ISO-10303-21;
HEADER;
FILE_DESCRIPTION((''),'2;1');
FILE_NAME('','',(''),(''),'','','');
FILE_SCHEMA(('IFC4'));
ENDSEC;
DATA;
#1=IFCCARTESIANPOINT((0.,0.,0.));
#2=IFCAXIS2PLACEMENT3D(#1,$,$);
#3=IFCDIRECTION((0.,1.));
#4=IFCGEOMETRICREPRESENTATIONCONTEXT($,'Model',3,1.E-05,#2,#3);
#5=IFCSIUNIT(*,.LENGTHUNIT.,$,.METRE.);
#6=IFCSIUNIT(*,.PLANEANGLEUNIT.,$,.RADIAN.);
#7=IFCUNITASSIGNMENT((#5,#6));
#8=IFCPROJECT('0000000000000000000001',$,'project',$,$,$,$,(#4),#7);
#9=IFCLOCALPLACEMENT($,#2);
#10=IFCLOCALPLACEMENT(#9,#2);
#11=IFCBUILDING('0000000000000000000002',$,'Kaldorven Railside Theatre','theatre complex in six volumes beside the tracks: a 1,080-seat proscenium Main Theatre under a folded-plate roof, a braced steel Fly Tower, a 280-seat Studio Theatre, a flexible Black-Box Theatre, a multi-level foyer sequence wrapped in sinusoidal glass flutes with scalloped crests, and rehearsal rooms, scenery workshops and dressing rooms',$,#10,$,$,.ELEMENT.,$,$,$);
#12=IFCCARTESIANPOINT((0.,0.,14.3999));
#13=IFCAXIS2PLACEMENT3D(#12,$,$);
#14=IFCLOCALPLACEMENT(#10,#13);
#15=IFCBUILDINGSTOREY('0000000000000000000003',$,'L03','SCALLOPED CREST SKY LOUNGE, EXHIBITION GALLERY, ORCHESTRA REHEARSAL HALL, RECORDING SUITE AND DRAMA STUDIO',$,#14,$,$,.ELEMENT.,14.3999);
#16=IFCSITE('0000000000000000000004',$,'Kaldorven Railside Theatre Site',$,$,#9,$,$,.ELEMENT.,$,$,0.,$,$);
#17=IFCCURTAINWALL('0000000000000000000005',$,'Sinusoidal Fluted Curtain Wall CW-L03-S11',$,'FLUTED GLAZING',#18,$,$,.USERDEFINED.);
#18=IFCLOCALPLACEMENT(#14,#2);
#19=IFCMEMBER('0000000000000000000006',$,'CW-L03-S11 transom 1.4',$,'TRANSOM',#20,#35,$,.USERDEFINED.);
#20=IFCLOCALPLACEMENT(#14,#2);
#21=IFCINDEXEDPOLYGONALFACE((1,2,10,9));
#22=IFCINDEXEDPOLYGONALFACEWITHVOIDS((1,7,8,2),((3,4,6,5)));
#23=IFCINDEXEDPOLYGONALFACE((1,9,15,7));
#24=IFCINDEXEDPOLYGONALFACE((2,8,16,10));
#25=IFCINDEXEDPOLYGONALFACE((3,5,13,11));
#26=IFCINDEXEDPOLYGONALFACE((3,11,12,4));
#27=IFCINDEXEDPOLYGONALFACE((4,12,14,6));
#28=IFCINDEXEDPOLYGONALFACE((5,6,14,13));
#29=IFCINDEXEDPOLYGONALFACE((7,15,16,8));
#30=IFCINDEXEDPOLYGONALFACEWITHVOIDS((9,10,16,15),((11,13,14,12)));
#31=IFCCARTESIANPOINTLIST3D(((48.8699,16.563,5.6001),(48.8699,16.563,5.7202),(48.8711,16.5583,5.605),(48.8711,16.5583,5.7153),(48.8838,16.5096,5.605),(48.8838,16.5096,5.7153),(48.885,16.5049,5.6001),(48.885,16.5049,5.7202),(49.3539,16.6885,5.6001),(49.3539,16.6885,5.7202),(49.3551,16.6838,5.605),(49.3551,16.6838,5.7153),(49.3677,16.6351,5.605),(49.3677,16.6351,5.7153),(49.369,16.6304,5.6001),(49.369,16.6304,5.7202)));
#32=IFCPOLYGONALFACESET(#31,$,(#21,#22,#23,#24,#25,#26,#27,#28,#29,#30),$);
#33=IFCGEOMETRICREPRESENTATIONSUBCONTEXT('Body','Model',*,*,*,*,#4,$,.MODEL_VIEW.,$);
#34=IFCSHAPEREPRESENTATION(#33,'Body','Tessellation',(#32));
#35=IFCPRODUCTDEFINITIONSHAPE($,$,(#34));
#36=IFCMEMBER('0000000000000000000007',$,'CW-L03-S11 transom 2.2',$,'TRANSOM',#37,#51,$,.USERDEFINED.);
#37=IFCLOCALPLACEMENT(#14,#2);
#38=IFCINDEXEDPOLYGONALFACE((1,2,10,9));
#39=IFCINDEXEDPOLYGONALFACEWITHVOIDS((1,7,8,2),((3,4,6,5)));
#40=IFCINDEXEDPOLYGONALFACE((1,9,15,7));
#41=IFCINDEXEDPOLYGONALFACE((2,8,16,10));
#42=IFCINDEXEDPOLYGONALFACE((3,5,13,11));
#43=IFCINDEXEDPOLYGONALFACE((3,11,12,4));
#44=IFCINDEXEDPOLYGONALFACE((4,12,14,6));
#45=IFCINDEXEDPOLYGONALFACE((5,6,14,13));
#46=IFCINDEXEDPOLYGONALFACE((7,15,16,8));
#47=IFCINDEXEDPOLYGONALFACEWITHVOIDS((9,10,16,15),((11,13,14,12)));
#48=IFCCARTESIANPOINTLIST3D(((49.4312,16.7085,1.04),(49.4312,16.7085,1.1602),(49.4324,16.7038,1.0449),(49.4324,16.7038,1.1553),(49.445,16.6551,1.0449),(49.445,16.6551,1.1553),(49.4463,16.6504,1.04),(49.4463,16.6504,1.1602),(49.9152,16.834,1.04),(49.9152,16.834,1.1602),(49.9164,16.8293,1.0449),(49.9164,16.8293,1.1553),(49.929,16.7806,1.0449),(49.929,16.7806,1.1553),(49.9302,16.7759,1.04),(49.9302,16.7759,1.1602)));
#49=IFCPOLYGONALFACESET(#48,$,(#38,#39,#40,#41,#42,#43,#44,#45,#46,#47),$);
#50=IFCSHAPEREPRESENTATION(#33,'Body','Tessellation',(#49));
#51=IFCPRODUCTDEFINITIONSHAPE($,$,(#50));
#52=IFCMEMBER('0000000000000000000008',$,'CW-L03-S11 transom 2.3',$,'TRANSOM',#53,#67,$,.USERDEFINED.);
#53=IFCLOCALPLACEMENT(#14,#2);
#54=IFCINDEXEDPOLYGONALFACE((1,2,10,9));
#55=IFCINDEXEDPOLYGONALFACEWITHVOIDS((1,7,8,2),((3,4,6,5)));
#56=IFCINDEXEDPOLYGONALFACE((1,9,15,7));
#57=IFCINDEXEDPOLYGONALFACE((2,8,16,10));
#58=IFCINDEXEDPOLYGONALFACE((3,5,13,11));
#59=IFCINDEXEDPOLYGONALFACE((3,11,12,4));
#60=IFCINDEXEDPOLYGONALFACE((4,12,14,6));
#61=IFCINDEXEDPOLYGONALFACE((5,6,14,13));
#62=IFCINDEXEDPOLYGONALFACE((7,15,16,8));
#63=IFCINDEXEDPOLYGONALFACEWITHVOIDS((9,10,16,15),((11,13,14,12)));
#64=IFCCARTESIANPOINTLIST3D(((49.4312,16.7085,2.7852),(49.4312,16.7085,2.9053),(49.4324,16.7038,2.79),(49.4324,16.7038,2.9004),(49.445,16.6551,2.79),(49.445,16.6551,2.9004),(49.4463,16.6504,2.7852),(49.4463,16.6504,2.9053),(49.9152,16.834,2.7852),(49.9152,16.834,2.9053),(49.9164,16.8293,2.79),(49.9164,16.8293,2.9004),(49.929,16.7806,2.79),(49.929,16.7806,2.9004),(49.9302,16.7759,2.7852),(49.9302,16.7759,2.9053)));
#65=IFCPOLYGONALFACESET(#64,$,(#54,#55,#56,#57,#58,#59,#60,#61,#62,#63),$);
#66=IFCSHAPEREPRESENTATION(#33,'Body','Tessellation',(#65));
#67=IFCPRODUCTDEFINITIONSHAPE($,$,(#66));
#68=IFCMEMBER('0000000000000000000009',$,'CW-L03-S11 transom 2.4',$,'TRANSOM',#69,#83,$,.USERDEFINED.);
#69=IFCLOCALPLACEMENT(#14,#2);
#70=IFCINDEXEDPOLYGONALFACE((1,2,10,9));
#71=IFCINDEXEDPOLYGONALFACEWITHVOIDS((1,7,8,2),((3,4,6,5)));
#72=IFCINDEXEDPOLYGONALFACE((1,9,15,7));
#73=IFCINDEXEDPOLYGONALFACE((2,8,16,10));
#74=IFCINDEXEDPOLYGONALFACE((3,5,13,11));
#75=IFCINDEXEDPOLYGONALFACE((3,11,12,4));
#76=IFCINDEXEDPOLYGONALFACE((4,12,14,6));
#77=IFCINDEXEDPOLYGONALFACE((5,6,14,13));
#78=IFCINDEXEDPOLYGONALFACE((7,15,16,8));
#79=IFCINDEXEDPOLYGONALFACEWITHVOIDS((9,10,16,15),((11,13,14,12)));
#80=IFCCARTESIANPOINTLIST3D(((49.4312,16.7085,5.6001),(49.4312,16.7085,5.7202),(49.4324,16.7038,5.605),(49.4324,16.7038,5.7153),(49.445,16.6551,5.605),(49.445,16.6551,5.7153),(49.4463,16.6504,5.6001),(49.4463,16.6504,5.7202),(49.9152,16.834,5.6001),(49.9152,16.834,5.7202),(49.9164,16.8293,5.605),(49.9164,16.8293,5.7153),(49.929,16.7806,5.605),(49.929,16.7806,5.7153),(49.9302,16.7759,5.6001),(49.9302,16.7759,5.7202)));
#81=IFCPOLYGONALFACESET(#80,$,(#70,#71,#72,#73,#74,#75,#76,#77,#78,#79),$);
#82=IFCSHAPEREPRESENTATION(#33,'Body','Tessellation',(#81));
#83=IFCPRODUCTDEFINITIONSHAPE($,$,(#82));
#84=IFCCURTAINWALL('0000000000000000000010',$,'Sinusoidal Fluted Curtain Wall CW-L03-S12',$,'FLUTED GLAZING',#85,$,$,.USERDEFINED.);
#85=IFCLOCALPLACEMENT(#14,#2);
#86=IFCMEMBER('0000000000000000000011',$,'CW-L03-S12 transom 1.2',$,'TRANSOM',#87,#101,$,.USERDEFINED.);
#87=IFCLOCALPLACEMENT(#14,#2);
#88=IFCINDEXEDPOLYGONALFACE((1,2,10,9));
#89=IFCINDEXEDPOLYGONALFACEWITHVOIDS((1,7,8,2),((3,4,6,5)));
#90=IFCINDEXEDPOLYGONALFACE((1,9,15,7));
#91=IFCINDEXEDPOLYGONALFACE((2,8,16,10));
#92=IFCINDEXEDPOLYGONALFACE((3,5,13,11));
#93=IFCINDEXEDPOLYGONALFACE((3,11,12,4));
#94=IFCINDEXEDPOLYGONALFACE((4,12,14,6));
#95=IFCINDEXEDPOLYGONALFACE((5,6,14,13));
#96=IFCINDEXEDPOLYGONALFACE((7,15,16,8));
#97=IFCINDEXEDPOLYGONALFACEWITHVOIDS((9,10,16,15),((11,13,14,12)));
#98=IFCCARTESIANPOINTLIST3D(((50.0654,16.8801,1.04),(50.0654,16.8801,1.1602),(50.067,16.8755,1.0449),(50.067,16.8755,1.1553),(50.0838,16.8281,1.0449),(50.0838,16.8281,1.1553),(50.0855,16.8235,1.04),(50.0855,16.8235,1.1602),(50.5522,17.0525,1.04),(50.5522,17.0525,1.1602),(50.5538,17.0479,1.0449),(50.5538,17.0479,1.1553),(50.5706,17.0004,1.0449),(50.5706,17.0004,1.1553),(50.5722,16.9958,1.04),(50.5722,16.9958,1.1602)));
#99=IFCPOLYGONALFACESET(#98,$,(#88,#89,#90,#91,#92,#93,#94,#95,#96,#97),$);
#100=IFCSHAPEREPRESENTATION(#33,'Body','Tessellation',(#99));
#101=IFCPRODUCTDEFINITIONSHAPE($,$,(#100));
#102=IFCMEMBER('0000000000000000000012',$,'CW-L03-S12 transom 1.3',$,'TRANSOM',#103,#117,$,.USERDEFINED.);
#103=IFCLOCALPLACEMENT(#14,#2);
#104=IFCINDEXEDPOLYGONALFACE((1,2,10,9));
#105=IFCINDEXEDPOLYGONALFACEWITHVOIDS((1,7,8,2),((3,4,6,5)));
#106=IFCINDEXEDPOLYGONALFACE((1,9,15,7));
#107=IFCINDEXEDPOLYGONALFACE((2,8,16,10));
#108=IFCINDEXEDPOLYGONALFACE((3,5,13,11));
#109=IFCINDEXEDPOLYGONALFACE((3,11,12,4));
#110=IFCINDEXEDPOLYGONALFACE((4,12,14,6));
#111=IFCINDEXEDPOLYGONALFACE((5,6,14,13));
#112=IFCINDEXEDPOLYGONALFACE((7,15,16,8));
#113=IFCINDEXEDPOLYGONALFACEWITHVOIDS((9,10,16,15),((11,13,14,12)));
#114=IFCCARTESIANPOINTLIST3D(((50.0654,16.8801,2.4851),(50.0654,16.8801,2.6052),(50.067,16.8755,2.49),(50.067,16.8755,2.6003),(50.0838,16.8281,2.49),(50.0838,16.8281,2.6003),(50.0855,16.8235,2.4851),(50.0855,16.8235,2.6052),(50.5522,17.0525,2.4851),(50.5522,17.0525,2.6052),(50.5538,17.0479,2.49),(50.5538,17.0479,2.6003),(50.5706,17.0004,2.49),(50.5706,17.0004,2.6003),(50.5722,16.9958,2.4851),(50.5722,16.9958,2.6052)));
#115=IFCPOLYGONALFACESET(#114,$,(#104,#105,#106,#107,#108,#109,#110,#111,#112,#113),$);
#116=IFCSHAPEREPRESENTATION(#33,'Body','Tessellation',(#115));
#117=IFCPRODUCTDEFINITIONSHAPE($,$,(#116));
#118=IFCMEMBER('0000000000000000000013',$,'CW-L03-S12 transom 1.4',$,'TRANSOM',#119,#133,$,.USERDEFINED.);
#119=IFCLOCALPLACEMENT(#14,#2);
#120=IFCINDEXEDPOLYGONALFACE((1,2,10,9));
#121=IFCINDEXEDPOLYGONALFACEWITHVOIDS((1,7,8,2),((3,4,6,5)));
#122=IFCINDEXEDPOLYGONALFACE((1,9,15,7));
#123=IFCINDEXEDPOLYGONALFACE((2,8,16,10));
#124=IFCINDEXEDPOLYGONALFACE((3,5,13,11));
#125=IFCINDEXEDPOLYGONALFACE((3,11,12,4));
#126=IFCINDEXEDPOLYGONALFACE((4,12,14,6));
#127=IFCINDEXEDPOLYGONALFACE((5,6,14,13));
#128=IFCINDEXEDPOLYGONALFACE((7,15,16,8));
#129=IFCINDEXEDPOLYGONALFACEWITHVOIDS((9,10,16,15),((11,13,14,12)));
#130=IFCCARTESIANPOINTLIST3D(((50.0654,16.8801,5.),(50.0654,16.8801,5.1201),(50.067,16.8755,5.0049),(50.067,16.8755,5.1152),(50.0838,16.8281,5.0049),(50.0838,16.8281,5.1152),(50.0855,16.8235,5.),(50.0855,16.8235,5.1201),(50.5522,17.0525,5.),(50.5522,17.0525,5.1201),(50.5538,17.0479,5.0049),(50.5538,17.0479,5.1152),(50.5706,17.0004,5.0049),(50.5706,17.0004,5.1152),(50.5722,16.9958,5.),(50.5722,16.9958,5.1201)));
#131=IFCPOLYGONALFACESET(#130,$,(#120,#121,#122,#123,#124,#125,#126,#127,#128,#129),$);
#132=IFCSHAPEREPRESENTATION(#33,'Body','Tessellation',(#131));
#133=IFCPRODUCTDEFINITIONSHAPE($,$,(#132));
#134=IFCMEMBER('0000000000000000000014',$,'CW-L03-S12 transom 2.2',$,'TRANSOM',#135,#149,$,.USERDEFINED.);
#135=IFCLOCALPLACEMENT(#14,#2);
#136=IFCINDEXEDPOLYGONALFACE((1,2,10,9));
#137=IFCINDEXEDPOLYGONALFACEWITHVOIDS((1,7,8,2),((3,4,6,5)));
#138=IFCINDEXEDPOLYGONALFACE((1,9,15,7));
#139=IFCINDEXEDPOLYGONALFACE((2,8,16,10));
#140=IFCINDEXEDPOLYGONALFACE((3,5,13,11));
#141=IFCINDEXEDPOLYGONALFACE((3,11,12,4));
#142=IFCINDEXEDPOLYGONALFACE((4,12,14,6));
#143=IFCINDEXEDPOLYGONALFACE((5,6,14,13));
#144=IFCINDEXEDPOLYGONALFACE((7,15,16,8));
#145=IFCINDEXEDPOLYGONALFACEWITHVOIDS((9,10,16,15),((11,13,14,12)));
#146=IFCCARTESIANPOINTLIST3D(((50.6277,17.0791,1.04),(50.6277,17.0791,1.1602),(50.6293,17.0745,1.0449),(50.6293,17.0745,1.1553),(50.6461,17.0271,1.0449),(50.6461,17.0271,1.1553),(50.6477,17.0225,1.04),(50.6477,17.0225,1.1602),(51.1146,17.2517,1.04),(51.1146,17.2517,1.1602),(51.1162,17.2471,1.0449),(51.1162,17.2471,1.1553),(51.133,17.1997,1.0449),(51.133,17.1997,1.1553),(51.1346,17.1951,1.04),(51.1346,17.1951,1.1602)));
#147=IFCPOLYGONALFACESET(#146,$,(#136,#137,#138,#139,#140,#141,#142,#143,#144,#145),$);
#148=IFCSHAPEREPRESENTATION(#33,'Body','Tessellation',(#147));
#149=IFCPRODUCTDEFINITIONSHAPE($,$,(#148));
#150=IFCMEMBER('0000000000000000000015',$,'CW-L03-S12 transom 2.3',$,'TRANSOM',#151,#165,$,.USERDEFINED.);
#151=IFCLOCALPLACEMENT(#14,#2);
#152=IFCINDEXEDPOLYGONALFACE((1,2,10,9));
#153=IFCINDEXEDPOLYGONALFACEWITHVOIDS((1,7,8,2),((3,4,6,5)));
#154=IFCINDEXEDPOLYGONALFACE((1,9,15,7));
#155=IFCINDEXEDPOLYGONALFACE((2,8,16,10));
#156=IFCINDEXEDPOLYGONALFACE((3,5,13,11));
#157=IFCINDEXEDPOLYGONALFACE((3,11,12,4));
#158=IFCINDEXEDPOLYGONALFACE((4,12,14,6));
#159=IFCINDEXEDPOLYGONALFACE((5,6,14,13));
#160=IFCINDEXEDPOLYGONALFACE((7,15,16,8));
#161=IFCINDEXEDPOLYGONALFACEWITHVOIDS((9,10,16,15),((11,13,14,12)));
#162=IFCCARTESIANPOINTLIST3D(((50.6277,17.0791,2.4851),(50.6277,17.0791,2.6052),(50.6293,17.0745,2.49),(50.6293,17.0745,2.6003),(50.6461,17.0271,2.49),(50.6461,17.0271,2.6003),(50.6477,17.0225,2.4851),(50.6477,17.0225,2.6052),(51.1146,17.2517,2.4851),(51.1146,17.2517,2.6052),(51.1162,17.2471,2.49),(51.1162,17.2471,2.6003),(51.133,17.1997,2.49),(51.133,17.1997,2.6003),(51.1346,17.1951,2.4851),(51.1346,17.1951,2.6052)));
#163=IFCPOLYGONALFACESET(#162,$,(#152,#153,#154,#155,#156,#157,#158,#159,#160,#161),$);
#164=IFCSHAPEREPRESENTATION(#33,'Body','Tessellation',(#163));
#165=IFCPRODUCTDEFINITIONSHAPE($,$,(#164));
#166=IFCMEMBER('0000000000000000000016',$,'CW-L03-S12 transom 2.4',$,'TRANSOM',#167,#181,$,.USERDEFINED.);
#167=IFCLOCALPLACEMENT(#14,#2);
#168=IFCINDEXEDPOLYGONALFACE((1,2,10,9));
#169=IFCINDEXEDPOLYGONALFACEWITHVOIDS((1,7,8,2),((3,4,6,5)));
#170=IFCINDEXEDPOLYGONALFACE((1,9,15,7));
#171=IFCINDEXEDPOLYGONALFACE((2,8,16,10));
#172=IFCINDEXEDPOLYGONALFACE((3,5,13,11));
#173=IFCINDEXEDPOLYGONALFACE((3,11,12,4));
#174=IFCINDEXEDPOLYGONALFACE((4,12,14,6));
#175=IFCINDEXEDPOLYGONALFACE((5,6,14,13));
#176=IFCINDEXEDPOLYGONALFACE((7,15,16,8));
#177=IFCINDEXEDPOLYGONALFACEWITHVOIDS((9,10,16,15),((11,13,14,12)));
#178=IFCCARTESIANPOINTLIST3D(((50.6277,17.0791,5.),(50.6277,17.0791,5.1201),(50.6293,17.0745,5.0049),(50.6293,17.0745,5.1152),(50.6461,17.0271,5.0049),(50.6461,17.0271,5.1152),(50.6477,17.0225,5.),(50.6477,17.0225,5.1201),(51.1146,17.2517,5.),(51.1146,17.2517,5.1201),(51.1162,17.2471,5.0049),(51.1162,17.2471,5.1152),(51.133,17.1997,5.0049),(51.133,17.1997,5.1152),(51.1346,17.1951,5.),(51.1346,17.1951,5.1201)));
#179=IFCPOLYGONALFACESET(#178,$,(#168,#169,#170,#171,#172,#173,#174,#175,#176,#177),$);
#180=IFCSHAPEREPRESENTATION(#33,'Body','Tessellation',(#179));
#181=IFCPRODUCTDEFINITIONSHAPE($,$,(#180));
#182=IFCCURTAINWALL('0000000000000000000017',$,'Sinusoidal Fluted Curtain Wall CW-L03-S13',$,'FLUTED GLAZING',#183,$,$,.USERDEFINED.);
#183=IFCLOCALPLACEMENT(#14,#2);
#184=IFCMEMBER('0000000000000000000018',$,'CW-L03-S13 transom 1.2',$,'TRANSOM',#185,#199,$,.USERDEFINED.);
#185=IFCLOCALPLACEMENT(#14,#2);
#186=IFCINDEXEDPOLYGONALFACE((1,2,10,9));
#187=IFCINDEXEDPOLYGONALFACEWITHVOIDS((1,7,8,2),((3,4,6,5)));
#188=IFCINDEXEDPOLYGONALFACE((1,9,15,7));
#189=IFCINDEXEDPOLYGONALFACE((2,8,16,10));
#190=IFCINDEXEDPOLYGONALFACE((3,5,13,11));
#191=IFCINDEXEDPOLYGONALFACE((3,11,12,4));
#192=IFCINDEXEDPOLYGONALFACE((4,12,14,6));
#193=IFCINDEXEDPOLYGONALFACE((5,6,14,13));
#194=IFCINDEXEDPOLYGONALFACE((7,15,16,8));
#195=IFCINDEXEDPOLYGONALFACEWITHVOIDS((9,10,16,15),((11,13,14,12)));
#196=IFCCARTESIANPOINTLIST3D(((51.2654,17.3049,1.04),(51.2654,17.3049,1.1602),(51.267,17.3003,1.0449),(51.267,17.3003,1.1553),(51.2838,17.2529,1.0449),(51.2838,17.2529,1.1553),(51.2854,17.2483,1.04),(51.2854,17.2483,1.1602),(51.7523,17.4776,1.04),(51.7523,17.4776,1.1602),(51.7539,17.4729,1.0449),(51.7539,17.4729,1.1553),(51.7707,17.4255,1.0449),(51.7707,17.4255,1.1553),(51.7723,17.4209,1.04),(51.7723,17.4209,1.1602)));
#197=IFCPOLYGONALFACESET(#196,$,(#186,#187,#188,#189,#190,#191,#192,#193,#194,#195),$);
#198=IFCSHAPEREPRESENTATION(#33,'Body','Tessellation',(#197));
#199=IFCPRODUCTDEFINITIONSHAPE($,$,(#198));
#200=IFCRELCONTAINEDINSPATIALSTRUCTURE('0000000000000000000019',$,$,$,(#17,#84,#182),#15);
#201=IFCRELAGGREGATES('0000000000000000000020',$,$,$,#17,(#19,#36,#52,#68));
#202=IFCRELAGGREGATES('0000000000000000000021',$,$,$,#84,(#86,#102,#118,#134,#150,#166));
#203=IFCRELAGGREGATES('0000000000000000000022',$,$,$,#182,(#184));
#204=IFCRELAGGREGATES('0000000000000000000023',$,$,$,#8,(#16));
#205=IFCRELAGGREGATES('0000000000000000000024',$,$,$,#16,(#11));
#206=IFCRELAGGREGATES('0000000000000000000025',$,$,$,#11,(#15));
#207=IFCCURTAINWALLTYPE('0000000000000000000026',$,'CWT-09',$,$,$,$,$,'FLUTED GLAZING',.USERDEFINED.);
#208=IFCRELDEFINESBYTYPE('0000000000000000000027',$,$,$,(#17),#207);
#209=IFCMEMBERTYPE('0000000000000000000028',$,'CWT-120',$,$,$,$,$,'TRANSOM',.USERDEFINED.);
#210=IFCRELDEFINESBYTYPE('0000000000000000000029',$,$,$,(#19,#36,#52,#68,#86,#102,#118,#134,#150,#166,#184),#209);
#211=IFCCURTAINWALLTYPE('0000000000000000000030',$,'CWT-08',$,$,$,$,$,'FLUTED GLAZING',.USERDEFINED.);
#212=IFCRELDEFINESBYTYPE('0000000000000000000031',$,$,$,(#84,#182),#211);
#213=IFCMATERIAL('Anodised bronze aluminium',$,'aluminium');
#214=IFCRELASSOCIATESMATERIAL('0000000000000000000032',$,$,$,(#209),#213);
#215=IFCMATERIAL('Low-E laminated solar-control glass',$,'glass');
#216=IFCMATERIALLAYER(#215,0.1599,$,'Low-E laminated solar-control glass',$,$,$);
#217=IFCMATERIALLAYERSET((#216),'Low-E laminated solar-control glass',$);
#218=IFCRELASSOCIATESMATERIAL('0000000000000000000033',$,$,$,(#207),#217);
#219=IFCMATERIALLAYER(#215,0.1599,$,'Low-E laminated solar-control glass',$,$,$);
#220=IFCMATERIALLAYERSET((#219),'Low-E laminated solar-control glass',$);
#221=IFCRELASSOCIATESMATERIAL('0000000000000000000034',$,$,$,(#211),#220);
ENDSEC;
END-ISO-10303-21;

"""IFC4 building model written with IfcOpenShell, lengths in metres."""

from ifc_helpers import new_model, si_unit, direction, frame, origin, origin_2d, place, context, subcontext, project, spatial, hollow_rectangle, extrude, material, layer, layer_set, material_profile, profile_set, type_object, element, aggregate, save


model = new_model("IFC4")

# Units and contexts
model_context = context("Model", 3, precision=1e-05, world=origin(), true_north=direction((0.0, 1.0)))
body_context = subcontext(model_context, "Body", "Model", "MODEL_VIEW")
ifc_project = project(units=[si_unit("LENGTHUNIT", "METRE"), si_unit("PLANEANGLEUNIT", "RADIAN")], contexts=[model_context])

# Site, building, storey
site_placement = place(None, origin())
site = spatial("IfcSite", under=ifc_project, at=site_placement, Name="Kaldorven Railside Theatre Site", CompositionType="ELEMENT", RefElevation=0.0)
building_placement = place(site_placement, origin())
building = spatial("IfcBuilding", under=site, at=building_placement, Name="Kaldorven Railside Theatre", Description="theatre complex in six volumes beside the tracks: a 1,080-seat proscenium Main Theatre under a folded-plate roof, a braced steel Fly Tower, a 280-seat Studio Theatre, a flexible Black-Box Theatre, a multi-level foyer sequence wrapped in sinusoidal glass flutes with scalloped crests, and rehearsal rooms, scenery workshops and dressing rooms", CompositionType="ELEMENT")
storey_placement = place(building_placement, frame((0.0, 0.0, 14.3999)))
storey = spatial("IfcBuildingStorey", under=building, at=storey_placement, Name="L03", Description="SCALLOPED CREST SKY LOUNGE, EXHIBITION GALLERY, ORCHESTRA REHEARSAL HALL, RECORDING SUITE AND DRAMA STUDIO", CompositionType="ELEMENT", Elevation=14.3999)

# Curtain walls, members
ifc_material_1 = material(Name="Low-E laminated solar-control glass", Category="glass")
ifc_material_2 = material(Name="Anodised bronze aluminium", Category="aluminium")
ifc_material_profile = material_profile(ifc_material_2, hollow_rectangle(XDim=0.0601, YDim=0.1201, WallThickness=0.0049, at=origin_2d()), Name="RHS 120x60x5")
ifc_profile_set = profile_set([ifc_material_profile], Name="Anodised bronze aluminium")
member_type = type_object("IfcMemberType", Name="CWT-120", ElementType="TRANSOM", PredefinedType="USERDEFINED", material=ifc_profile_set)
ifc_layer_1 = layer(ifc_material_1, 0.1599, Name="Low-E laminated solar-control glass")
ifc_layer_set_1 = layer_set([ifc_layer_1], Name="Low-E laminated solar-control glass")
curtain_wall_type_1 = type_object("IfcCurtainWallType", Name="CWT-09", ElementType="FLUTED GLAZING", PredefinedType="USERDEFINED", material=ifc_layer_set_1)
curtain_wall_1_placement = place(storey_placement, origin())
curtain_wall_1 = element("IfcCurtainWall", 1, at=curtain_wall_1_placement, inside=storey, type_object=curtain_wall_type_1, Name="Sinusoidal Fluted Curtain Wall CW-L03-S11", ObjectType="FLUTED GLAZING", PredefinedType="USERDEFINED")
member_1_placement = place(storey_placement, frame((48.8774, 16.5339, 5.6602), z_axis=(0.967979, 0.25103, 0.0), x_axis=(-0.25103, 0.967979, 0.0)))
member_1 = element("IfcMember", 2, at=member_1_placement, type_object=member_type, Name="CW-L03-S11 transom 1.4", ObjectType="TRANSOM", PredefinedType="USERDEFINED", context=body_context, shape_type="SweptSolid", body=[
    extrude(hollow_rectangle(XDim=0.0601, YDim=0.1201, WallThickness=0.0049, at=origin_2d()), origin(), (0.0, 0.0, 1.0), 0.5),
])
member_2_placement = place(storey_placement, frame((49.4387, 16.6794, 1.1001), z_axis=(0.967979, 0.25103, 0.0), x_axis=(-0.25103, 0.967979, 0.0)))
member_2 = element("IfcMember", 3, at=member_2_placement, type_object=member_type, Name="CW-L03-S11 transom 2.2", ObjectType="TRANSOM", PredefinedType="USERDEFINED", context=body_context, shape_type="SweptSolid", body=[
    extrude(hollow_rectangle(XDim=0.0601, YDim=0.1201, WallThickness=0.0049, at=origin_2d()), origin(), (0.0, 0.0, 1.0), 0.5),
])
member_3_placement = place(storey_placement, frame((49.4387, 16.6794, 2.8452), z_axis=(0.967979, 0.25103, 0.0), x_axis=(-0.25103, 0.967979, 0.0)))
member_3 = element("IfcMember", 4, at=member_3_placement, type_object=member_type, Name="CW-L03-S11 transom 2.3", ObjectType="TRANSOM", PredefinedType="USERDEFINED", context=body_context, shape_type="SweptSolid", body=[
    extrude(hollow_rectangle(XDim=0.0601, YDim=0.1201, WallThickness=0.0049, at=origin_2d()), origin(), (0.0, 0.0, 1.0), 0.5),
])
member_4_placement = place(storey_placement, frame((49.4387, 16.6794, 5.6602), z_axis=(0.967979, 0.25103, 0.0), x_axis=(-0.25103, 0.967979, 0.0)))
member_4 = element("IfcMember", 5, at=member_4_placement, type_object=member_type, Name="CW-L03-S11 transom 2.4", ObjectType="TRANSOM", PredefinedType="USERDEFINED", context=body_context, shape_type="SweptSolid", body=[
    extrude(hollow_rectangle(XDim=0.0601, YDim=0.1201, WallThickness=0.0049, at=origin_2d()), origin(), (0.0, 0.0, 1.0), 0.5),
])
ifc_layer_2 = layer(ifc_material_1, 0.1599, Name="Low-E laminated solar-control glass")
ifc_layer_set_2 = layer_set([ifc_layer_2], Name="Low-E laminated solar-control glass")
curtain_wall_type_2 = type_object("IfcCurtainWallType", Name="CWT-08", ElementType="FLUTED GLAZING", PredefinedType="USERDEFINED", material=ifc_layer_set_2)
curtain_wall_2_placement = place(storey_placement, origin())
curtain_wall_2 = element("IfcCurtainWall", 6, at=curtain_wall_2_placement, inside=storey, type_object=curtain_wall_type_2, Name="Sinusoidal Fluted Curtain Wall CW-L03-S12", ObjectType="FLUTED GLAZING", PredefinedType="USERDEFINED")
member_5_placement = place(storey_placement, frame((50.0754, 16.8518, 1.1001), z_axis=(0.942658, 0.33376, 0.0), x_axis=(-0.33376, 0.942658, 0.0)))
member_5 = element("IfcMember", 7, at=member_5_placement, type_object=member_type, Name="CW-L03-S12 transom 1.2", ObjectType="TRANSOM", PredefinedType="USERDEFINED", context=body_context, shape_type="SweptSolid", body=[
    extrude(hollow_rectangle(XDim=0.0601, YDim=0.1201, WallThickness=0.0049, at=origin_2d()), origin(), (0.0, 0.0, 1.0), 0.5164),
])
member_6_placement = place(storey_placement, frame((50.0754, 16.8518, 2.5452), z_axis=(0.942658, 0.33376, 0.0), x_axis=(-0.33376, 0.942658, 0.0)))
member_6 = element("IfcMember", 8, at=member_6_placement, type_object=member_type, Name="CW-L03-S12 transom 1.3", ObjectType="TRANSOM", PredefinedType="USERDEFINED", context=body_context, shape_type="SweptSolid", body=[
    extrude(hollow_rectangle(XDim=0.0601, YDim=0.1201, WallThickness=0.0049, at=origin_2d()), origin(), (0.0, 0.0, 1.0), 0.5164),
])
member_7_placement = place(storey_placement, frame((50.0754, 16.8518, 5.0601), z_axis=(0.942658, 0.33376, 0.0), x_axis=(-0.33376, 0.942658, 0.0)))
member_7 = element("IfcMember", 9, at=member_7_placement, type_object=member_type, Name="CW-L03-S12 transom 1.4", ObjectType="TRANSOM", PredefinedType="USERDEFINED", context=body_context, shape_type="SweptSolid", body=[
    extrude(hollow_rectangle(XDim=0.0601, YDim=0.1201, WallThickness=0.0049, at=origin_2d()), origin(), (0.0, 0.0, 1.0), 0.5164),
])
member_8_placement = place(storey_placement, frame((50.6377, 17.0508, 1.1001), z_axis=(0.942509, 0.33418, 0.0), x_axis=(-0.33418, 0.942509, 0.0)))
member_8 = element("IfcMember", 10, at=member_8_placement, type_object=member_type, Name="CW-L03-S12 transom 2.2", ObjectType="TRANSOM", PredefinedType="USERDEFINED", context=body_context, shape_type="SweptSolid", body=[
    extrude(hollow_rectangle(XDim=0.0601, YDim=0.1201, WallThickness=0.0049, at=origin_2d()), origin(), (0.0, 0.0, 1.0), 0.5166),
])
member_9_placement = place(storey_placement, frame((50.6377, 17.0508, 2.5452), z_axis=(0.942509, 0.33418, 0.0), x_axis=(-0.33418, 0.942509, 0.0)))
member_9 = element("IfcMember", 11, at=member_9_placement, type_object=member_type, Name="CW-L03-S12 transom 2.3", ObjectType="TRANSOM", PredefinedType="USERDEFINED", context=body_context, shape_type="SweptSolid", body=[
    extrude(hollow_rectangle(XDim=0.0601, YDim=0.1201, WallThickness=0.0049, at=origin_2d()), origin(), (0.0, 0.0, 1.0), 0.5166),
])
member_10_placement = place(storey_placement, frame((50.6377, 17.0508, 5.0601), z_axis=(0.942509, 0.33418, 0.0), x_axis=(-0.33418, 0.942509, 0.0)))
member_10 = element("IfcMember", 12, at=member_10_placement, type_object=member_type, Name="CW-L03-S12 transom 2.4", ObjectType="TRANSOM", PredefinedType="USERDEFINED", context=body_context, shape_type="SweptSolid", body=[
    extrude(hollow_rectangle(XDim=0.0601, YDim=0.1201, WallThickness=0.0049, at=origin_2d()), origin(), (0.0, 0.0, 1.0), 0.5166),
])
curtain_wall_3_placement = place(storey_placement, origin())
curtain_wall_3 = element("IfcCurtainWall", 13, at=curtain_wall_3_placement, inside=storey, type_object=curtain_wall_type_2, Name="Sinusoidal Fluted Curtain Wall CW-L03-S13", ObjectType="FLUTED GLAZING", PredefinedType="USERDEFINED")
member_11_placement = place(storey_placement, frame((51.2754, 17.2766, 1.1001), z_axis=(0.942509, 0.33418, 0.0), x_axis=(-0.33418, 0.942509, 0.0)))
member_11 = element("IfcMember", 14, at=member_11_placement, type_object=member_type, Name="CW-L03-S13 transom 1.2", ObjectType="TRANSOM", PredefinedType="USERDEFINED", context=body_context, shape_type="SweptSolid", body=[
    extrude(hollow_rectangle(XDim=0.0601, YDim=0.1201, WallThickness=0.0049, at=origin_2d()), origin(), (0.0, 0.0, 1.0), 0.5166),
])

aggregate(curtain_wall_1, [member_1, member_2, member_3, member_4])
aggregate(curtain_wall_2, [member_5, member_6, member_7, member_8, member_9, member_10])
aggregate(curtain_wall_3, [member_11])

save(model, "model.ifc")
